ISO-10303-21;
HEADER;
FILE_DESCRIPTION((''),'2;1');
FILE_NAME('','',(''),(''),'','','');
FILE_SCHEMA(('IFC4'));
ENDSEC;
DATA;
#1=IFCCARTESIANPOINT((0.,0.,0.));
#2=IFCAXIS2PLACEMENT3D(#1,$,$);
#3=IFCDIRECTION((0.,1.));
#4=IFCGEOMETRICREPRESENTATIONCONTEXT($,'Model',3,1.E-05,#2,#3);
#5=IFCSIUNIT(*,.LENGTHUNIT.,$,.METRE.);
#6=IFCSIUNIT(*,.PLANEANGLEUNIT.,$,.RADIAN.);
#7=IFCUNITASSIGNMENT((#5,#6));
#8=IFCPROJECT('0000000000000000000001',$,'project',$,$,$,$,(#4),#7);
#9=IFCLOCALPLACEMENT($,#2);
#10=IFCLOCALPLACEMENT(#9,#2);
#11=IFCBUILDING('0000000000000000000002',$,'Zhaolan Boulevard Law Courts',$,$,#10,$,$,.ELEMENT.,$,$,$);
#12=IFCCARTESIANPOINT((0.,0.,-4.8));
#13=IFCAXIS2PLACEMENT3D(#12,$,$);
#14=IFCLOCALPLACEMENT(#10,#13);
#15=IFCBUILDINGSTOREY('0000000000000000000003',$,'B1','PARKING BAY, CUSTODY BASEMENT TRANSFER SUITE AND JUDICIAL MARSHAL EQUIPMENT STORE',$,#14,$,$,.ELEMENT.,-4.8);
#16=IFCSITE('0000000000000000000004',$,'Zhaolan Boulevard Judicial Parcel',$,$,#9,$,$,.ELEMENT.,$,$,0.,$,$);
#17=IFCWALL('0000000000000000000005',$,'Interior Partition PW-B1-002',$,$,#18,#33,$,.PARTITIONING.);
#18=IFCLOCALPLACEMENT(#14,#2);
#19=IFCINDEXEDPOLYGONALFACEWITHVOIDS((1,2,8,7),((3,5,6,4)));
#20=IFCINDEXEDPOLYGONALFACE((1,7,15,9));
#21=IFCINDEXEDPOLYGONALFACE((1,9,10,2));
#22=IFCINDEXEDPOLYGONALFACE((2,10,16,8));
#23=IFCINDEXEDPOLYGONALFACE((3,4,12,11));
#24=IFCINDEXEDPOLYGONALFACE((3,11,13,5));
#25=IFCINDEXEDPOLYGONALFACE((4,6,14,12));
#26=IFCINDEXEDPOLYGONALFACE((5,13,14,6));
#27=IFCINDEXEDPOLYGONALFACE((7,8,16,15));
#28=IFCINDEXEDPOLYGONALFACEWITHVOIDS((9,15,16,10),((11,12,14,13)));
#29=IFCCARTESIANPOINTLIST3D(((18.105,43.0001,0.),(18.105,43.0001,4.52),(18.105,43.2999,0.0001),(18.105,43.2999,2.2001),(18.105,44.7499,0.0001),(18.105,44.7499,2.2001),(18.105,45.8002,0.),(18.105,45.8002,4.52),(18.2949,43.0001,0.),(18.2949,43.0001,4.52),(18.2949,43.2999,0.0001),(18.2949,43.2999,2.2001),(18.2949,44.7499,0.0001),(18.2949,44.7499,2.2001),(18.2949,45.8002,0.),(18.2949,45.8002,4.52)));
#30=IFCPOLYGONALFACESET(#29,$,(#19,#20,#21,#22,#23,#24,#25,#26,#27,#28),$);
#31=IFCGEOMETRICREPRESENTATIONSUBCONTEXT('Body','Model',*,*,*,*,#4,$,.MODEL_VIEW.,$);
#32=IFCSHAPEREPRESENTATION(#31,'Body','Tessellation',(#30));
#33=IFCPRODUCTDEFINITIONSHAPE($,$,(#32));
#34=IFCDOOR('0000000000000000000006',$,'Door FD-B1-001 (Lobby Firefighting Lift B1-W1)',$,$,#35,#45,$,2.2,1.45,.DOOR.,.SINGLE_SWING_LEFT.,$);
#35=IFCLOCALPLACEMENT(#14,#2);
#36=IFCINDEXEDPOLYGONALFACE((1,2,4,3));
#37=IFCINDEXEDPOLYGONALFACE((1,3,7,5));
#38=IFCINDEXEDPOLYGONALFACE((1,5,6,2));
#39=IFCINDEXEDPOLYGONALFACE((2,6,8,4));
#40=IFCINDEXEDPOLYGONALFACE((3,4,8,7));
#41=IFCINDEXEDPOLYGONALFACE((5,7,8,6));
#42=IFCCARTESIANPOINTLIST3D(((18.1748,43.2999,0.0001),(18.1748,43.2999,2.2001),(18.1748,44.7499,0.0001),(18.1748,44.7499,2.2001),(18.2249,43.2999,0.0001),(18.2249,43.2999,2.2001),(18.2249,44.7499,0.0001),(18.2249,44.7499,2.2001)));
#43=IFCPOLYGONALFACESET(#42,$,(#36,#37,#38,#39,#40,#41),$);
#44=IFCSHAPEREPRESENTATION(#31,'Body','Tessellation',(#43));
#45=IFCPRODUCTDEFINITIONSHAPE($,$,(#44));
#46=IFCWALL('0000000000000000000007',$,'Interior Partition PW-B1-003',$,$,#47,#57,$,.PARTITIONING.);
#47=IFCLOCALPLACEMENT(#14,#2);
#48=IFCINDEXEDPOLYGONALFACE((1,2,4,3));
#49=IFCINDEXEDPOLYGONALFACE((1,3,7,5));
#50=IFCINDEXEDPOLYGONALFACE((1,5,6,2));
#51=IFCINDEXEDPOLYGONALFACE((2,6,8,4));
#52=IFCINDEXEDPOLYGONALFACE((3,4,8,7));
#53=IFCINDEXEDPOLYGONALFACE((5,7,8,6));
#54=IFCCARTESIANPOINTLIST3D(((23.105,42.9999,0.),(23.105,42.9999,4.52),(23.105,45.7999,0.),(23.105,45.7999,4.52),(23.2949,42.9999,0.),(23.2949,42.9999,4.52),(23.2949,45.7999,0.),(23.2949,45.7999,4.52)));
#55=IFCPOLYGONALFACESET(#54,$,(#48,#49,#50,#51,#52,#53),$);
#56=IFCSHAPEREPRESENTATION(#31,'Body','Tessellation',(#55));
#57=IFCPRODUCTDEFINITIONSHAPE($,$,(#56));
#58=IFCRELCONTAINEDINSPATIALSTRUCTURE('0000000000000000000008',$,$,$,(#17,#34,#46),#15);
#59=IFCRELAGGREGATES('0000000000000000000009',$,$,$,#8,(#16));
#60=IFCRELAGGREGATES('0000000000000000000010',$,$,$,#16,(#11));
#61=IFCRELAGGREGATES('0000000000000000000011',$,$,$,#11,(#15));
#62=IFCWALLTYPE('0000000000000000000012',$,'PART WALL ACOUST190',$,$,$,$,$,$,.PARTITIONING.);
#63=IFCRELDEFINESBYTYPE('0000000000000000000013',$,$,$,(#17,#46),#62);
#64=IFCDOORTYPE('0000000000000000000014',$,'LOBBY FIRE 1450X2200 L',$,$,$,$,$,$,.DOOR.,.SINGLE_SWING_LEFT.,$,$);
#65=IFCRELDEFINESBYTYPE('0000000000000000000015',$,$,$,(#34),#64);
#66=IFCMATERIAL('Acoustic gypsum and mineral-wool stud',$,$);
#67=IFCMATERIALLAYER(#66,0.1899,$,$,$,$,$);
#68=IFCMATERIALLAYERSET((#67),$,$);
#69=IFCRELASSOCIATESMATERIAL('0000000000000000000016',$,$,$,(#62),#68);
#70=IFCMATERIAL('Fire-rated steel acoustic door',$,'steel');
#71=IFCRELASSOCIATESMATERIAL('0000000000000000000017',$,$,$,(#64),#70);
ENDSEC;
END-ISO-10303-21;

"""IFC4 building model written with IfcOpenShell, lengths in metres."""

from ifc_helpers import new_model, si_unit, direction, frame, frame_2d, origin, place, context, subcontext, project, spatial, rectangle, extrude, material, layer, layer_set, type_object, element, fill, save


model = new_model("IFC4")

# Units and contexts
model_context = context("Model", 3, precision=1e-05, world=origin(), true_north=direction((0.0, 1.0)))
body_context = subcontext(model_context, "Body", "Model", "MODEL_VIEW")
ifc_project = project(units=[si_unit("LENGTHUNIT", "METRE"), si_unit("PLANEANGLEUNIT", "RADIAN")], contexts=[model_context])

# Site, building, storey
site_placement = place(None, origin())
site = spatial("IfcSite", under=ifc_project, at=site_placement, Name="Zhaolan Boulevard Judicial Parcel", CompositionType="ELEMENT", RefElevation=0.0)
building_placement = place(site_placement, origin())
building = spatial("IfcBuilding", under=site, at=building_placement, Name="Zhaolan Boulevard Law Courts", CompositionType="ELEMENT")
storey_placement = place(building_placement, frame((0.0, 0.0, -4.8)))
storey = spatial("IfcBuildingStorey", under=building, at=storey_placement, Name="B1", Description="PARKING BAY, CUSTODY BASEMENT TRANSFER SUITE AND JUDICIAL MARSHAL EQUIPMENT STORE", CompositionType="ELEMENT", Elevation=-4.8)

# Shared definitions
ifc_material_1 = material(Name="Acoustic gypsum and mineral-wool stud")
ifc_layer_1 = layer(ifc_material_1, 0.1899)
ifc_layer_set_1 = layer_set([ifc_layer_1])
wall_type = type_object("IfcWallType", Name="PART WALL ACOUST190", PredefinedType="PARTITIONING", material=ifc_layer_set_1)

# Wall, opening, door
wall_1_placement = place(storey_placement, frame((18.2, 45.8, 0.0), z_axis=(0.0, 0.0, 1.0), x_axis=(0.0, -1.0, 0.0)))
wall_1 = element("IfcWall", 1, at=wall_1_placement, inside=storey, type_object=wall_type, Name="Interior Partition PW-B1-002", PredefinedType="PARTITIONING", context=body_context, shape_type="SweptSolid", body=[
    extrude(rectangle(XDim=2.8, YDim=0.1899, at=frame_2d((1.3999, 0.0))), origin(), (0.0, 0.0, 1.0), 4.52),
])
opening_placement = place(wall_1_placement, frame((1.05, 0.0, 0.0)))
opening = element("IfcOpeningElement", 2, at=opening_placement, cuts=wall_1, PredefinedType="OPENING", context=body_context, shape_type="SweptSolid", body=[
    extrude(rectangle(XDim=1.45, YDim=2.2, at=frame_2d((0.7251, 1.1001))), frame((0.0, 0.105, 0.0), z_axis=(0.0, -1.0, 0.0), x_axis=(1.0, 0.0, 0.0)), (0.0, 0.0, 1.0), 0.21),
])
ifc_material_2 = material(Name="Fire-rated steel acoustic door", Category="steel")
door_type = type_object("IfcDoorType", Name="LOBBY FIRE 1450X2200 L", OperationType="SINGLE_SWING_LEFT", PredefinedType="DOOR", material=ifc_material_2)
door_placement = place(opening_placement, origin())
door = element("IfcDoor", 3, at=door_placement, inside=storey, type_object=door_type, Name="Door FD-B1-001 (Lobby Firefighting Lift B1-W1)", OperationType="SINGLE_SWING_LEFT", OverallHeight=2.2, OverallWidth=1.45, PredefinedType="DOOR", context=body_context, shape_type="SweptSolid", body=[
    extrude(rectangle(XDim=1.45, YDim=2.2, at=frame_2d((0.7251, 1.1001))), frame((0.0, 0.0249, 0.0), z_axis=(0.0, -1.0, 0.0), x_axis=(1.0, 0.0, 0.0)), (0.0, 0.0, 1.0), 0.05),
])
fill(opening, door)

# Wall
wall_2_placement = place(storey_placement, frame((23.2, 43.0, 0.0), z_axis=(0.0, 0.0, 1.0), x_axis=(0.0, 1.0, 0.0)))
element("IfcWall", 4, at=wall_2_placement, inside=storey, type_object=wall_type, Name="Interior Partition PW-B1-003", PredefinedType="PARTITIONING", context=body_context, shape_type="SweptSolid", body=[
    extrude(rectangle(XDim=2.8, YDim=0.1899, at=frame_2d((1.3999, 0.0))), origin(), (0.0, 0.0, 1.0), 4.52),
])

save(model, "model.ifc")
